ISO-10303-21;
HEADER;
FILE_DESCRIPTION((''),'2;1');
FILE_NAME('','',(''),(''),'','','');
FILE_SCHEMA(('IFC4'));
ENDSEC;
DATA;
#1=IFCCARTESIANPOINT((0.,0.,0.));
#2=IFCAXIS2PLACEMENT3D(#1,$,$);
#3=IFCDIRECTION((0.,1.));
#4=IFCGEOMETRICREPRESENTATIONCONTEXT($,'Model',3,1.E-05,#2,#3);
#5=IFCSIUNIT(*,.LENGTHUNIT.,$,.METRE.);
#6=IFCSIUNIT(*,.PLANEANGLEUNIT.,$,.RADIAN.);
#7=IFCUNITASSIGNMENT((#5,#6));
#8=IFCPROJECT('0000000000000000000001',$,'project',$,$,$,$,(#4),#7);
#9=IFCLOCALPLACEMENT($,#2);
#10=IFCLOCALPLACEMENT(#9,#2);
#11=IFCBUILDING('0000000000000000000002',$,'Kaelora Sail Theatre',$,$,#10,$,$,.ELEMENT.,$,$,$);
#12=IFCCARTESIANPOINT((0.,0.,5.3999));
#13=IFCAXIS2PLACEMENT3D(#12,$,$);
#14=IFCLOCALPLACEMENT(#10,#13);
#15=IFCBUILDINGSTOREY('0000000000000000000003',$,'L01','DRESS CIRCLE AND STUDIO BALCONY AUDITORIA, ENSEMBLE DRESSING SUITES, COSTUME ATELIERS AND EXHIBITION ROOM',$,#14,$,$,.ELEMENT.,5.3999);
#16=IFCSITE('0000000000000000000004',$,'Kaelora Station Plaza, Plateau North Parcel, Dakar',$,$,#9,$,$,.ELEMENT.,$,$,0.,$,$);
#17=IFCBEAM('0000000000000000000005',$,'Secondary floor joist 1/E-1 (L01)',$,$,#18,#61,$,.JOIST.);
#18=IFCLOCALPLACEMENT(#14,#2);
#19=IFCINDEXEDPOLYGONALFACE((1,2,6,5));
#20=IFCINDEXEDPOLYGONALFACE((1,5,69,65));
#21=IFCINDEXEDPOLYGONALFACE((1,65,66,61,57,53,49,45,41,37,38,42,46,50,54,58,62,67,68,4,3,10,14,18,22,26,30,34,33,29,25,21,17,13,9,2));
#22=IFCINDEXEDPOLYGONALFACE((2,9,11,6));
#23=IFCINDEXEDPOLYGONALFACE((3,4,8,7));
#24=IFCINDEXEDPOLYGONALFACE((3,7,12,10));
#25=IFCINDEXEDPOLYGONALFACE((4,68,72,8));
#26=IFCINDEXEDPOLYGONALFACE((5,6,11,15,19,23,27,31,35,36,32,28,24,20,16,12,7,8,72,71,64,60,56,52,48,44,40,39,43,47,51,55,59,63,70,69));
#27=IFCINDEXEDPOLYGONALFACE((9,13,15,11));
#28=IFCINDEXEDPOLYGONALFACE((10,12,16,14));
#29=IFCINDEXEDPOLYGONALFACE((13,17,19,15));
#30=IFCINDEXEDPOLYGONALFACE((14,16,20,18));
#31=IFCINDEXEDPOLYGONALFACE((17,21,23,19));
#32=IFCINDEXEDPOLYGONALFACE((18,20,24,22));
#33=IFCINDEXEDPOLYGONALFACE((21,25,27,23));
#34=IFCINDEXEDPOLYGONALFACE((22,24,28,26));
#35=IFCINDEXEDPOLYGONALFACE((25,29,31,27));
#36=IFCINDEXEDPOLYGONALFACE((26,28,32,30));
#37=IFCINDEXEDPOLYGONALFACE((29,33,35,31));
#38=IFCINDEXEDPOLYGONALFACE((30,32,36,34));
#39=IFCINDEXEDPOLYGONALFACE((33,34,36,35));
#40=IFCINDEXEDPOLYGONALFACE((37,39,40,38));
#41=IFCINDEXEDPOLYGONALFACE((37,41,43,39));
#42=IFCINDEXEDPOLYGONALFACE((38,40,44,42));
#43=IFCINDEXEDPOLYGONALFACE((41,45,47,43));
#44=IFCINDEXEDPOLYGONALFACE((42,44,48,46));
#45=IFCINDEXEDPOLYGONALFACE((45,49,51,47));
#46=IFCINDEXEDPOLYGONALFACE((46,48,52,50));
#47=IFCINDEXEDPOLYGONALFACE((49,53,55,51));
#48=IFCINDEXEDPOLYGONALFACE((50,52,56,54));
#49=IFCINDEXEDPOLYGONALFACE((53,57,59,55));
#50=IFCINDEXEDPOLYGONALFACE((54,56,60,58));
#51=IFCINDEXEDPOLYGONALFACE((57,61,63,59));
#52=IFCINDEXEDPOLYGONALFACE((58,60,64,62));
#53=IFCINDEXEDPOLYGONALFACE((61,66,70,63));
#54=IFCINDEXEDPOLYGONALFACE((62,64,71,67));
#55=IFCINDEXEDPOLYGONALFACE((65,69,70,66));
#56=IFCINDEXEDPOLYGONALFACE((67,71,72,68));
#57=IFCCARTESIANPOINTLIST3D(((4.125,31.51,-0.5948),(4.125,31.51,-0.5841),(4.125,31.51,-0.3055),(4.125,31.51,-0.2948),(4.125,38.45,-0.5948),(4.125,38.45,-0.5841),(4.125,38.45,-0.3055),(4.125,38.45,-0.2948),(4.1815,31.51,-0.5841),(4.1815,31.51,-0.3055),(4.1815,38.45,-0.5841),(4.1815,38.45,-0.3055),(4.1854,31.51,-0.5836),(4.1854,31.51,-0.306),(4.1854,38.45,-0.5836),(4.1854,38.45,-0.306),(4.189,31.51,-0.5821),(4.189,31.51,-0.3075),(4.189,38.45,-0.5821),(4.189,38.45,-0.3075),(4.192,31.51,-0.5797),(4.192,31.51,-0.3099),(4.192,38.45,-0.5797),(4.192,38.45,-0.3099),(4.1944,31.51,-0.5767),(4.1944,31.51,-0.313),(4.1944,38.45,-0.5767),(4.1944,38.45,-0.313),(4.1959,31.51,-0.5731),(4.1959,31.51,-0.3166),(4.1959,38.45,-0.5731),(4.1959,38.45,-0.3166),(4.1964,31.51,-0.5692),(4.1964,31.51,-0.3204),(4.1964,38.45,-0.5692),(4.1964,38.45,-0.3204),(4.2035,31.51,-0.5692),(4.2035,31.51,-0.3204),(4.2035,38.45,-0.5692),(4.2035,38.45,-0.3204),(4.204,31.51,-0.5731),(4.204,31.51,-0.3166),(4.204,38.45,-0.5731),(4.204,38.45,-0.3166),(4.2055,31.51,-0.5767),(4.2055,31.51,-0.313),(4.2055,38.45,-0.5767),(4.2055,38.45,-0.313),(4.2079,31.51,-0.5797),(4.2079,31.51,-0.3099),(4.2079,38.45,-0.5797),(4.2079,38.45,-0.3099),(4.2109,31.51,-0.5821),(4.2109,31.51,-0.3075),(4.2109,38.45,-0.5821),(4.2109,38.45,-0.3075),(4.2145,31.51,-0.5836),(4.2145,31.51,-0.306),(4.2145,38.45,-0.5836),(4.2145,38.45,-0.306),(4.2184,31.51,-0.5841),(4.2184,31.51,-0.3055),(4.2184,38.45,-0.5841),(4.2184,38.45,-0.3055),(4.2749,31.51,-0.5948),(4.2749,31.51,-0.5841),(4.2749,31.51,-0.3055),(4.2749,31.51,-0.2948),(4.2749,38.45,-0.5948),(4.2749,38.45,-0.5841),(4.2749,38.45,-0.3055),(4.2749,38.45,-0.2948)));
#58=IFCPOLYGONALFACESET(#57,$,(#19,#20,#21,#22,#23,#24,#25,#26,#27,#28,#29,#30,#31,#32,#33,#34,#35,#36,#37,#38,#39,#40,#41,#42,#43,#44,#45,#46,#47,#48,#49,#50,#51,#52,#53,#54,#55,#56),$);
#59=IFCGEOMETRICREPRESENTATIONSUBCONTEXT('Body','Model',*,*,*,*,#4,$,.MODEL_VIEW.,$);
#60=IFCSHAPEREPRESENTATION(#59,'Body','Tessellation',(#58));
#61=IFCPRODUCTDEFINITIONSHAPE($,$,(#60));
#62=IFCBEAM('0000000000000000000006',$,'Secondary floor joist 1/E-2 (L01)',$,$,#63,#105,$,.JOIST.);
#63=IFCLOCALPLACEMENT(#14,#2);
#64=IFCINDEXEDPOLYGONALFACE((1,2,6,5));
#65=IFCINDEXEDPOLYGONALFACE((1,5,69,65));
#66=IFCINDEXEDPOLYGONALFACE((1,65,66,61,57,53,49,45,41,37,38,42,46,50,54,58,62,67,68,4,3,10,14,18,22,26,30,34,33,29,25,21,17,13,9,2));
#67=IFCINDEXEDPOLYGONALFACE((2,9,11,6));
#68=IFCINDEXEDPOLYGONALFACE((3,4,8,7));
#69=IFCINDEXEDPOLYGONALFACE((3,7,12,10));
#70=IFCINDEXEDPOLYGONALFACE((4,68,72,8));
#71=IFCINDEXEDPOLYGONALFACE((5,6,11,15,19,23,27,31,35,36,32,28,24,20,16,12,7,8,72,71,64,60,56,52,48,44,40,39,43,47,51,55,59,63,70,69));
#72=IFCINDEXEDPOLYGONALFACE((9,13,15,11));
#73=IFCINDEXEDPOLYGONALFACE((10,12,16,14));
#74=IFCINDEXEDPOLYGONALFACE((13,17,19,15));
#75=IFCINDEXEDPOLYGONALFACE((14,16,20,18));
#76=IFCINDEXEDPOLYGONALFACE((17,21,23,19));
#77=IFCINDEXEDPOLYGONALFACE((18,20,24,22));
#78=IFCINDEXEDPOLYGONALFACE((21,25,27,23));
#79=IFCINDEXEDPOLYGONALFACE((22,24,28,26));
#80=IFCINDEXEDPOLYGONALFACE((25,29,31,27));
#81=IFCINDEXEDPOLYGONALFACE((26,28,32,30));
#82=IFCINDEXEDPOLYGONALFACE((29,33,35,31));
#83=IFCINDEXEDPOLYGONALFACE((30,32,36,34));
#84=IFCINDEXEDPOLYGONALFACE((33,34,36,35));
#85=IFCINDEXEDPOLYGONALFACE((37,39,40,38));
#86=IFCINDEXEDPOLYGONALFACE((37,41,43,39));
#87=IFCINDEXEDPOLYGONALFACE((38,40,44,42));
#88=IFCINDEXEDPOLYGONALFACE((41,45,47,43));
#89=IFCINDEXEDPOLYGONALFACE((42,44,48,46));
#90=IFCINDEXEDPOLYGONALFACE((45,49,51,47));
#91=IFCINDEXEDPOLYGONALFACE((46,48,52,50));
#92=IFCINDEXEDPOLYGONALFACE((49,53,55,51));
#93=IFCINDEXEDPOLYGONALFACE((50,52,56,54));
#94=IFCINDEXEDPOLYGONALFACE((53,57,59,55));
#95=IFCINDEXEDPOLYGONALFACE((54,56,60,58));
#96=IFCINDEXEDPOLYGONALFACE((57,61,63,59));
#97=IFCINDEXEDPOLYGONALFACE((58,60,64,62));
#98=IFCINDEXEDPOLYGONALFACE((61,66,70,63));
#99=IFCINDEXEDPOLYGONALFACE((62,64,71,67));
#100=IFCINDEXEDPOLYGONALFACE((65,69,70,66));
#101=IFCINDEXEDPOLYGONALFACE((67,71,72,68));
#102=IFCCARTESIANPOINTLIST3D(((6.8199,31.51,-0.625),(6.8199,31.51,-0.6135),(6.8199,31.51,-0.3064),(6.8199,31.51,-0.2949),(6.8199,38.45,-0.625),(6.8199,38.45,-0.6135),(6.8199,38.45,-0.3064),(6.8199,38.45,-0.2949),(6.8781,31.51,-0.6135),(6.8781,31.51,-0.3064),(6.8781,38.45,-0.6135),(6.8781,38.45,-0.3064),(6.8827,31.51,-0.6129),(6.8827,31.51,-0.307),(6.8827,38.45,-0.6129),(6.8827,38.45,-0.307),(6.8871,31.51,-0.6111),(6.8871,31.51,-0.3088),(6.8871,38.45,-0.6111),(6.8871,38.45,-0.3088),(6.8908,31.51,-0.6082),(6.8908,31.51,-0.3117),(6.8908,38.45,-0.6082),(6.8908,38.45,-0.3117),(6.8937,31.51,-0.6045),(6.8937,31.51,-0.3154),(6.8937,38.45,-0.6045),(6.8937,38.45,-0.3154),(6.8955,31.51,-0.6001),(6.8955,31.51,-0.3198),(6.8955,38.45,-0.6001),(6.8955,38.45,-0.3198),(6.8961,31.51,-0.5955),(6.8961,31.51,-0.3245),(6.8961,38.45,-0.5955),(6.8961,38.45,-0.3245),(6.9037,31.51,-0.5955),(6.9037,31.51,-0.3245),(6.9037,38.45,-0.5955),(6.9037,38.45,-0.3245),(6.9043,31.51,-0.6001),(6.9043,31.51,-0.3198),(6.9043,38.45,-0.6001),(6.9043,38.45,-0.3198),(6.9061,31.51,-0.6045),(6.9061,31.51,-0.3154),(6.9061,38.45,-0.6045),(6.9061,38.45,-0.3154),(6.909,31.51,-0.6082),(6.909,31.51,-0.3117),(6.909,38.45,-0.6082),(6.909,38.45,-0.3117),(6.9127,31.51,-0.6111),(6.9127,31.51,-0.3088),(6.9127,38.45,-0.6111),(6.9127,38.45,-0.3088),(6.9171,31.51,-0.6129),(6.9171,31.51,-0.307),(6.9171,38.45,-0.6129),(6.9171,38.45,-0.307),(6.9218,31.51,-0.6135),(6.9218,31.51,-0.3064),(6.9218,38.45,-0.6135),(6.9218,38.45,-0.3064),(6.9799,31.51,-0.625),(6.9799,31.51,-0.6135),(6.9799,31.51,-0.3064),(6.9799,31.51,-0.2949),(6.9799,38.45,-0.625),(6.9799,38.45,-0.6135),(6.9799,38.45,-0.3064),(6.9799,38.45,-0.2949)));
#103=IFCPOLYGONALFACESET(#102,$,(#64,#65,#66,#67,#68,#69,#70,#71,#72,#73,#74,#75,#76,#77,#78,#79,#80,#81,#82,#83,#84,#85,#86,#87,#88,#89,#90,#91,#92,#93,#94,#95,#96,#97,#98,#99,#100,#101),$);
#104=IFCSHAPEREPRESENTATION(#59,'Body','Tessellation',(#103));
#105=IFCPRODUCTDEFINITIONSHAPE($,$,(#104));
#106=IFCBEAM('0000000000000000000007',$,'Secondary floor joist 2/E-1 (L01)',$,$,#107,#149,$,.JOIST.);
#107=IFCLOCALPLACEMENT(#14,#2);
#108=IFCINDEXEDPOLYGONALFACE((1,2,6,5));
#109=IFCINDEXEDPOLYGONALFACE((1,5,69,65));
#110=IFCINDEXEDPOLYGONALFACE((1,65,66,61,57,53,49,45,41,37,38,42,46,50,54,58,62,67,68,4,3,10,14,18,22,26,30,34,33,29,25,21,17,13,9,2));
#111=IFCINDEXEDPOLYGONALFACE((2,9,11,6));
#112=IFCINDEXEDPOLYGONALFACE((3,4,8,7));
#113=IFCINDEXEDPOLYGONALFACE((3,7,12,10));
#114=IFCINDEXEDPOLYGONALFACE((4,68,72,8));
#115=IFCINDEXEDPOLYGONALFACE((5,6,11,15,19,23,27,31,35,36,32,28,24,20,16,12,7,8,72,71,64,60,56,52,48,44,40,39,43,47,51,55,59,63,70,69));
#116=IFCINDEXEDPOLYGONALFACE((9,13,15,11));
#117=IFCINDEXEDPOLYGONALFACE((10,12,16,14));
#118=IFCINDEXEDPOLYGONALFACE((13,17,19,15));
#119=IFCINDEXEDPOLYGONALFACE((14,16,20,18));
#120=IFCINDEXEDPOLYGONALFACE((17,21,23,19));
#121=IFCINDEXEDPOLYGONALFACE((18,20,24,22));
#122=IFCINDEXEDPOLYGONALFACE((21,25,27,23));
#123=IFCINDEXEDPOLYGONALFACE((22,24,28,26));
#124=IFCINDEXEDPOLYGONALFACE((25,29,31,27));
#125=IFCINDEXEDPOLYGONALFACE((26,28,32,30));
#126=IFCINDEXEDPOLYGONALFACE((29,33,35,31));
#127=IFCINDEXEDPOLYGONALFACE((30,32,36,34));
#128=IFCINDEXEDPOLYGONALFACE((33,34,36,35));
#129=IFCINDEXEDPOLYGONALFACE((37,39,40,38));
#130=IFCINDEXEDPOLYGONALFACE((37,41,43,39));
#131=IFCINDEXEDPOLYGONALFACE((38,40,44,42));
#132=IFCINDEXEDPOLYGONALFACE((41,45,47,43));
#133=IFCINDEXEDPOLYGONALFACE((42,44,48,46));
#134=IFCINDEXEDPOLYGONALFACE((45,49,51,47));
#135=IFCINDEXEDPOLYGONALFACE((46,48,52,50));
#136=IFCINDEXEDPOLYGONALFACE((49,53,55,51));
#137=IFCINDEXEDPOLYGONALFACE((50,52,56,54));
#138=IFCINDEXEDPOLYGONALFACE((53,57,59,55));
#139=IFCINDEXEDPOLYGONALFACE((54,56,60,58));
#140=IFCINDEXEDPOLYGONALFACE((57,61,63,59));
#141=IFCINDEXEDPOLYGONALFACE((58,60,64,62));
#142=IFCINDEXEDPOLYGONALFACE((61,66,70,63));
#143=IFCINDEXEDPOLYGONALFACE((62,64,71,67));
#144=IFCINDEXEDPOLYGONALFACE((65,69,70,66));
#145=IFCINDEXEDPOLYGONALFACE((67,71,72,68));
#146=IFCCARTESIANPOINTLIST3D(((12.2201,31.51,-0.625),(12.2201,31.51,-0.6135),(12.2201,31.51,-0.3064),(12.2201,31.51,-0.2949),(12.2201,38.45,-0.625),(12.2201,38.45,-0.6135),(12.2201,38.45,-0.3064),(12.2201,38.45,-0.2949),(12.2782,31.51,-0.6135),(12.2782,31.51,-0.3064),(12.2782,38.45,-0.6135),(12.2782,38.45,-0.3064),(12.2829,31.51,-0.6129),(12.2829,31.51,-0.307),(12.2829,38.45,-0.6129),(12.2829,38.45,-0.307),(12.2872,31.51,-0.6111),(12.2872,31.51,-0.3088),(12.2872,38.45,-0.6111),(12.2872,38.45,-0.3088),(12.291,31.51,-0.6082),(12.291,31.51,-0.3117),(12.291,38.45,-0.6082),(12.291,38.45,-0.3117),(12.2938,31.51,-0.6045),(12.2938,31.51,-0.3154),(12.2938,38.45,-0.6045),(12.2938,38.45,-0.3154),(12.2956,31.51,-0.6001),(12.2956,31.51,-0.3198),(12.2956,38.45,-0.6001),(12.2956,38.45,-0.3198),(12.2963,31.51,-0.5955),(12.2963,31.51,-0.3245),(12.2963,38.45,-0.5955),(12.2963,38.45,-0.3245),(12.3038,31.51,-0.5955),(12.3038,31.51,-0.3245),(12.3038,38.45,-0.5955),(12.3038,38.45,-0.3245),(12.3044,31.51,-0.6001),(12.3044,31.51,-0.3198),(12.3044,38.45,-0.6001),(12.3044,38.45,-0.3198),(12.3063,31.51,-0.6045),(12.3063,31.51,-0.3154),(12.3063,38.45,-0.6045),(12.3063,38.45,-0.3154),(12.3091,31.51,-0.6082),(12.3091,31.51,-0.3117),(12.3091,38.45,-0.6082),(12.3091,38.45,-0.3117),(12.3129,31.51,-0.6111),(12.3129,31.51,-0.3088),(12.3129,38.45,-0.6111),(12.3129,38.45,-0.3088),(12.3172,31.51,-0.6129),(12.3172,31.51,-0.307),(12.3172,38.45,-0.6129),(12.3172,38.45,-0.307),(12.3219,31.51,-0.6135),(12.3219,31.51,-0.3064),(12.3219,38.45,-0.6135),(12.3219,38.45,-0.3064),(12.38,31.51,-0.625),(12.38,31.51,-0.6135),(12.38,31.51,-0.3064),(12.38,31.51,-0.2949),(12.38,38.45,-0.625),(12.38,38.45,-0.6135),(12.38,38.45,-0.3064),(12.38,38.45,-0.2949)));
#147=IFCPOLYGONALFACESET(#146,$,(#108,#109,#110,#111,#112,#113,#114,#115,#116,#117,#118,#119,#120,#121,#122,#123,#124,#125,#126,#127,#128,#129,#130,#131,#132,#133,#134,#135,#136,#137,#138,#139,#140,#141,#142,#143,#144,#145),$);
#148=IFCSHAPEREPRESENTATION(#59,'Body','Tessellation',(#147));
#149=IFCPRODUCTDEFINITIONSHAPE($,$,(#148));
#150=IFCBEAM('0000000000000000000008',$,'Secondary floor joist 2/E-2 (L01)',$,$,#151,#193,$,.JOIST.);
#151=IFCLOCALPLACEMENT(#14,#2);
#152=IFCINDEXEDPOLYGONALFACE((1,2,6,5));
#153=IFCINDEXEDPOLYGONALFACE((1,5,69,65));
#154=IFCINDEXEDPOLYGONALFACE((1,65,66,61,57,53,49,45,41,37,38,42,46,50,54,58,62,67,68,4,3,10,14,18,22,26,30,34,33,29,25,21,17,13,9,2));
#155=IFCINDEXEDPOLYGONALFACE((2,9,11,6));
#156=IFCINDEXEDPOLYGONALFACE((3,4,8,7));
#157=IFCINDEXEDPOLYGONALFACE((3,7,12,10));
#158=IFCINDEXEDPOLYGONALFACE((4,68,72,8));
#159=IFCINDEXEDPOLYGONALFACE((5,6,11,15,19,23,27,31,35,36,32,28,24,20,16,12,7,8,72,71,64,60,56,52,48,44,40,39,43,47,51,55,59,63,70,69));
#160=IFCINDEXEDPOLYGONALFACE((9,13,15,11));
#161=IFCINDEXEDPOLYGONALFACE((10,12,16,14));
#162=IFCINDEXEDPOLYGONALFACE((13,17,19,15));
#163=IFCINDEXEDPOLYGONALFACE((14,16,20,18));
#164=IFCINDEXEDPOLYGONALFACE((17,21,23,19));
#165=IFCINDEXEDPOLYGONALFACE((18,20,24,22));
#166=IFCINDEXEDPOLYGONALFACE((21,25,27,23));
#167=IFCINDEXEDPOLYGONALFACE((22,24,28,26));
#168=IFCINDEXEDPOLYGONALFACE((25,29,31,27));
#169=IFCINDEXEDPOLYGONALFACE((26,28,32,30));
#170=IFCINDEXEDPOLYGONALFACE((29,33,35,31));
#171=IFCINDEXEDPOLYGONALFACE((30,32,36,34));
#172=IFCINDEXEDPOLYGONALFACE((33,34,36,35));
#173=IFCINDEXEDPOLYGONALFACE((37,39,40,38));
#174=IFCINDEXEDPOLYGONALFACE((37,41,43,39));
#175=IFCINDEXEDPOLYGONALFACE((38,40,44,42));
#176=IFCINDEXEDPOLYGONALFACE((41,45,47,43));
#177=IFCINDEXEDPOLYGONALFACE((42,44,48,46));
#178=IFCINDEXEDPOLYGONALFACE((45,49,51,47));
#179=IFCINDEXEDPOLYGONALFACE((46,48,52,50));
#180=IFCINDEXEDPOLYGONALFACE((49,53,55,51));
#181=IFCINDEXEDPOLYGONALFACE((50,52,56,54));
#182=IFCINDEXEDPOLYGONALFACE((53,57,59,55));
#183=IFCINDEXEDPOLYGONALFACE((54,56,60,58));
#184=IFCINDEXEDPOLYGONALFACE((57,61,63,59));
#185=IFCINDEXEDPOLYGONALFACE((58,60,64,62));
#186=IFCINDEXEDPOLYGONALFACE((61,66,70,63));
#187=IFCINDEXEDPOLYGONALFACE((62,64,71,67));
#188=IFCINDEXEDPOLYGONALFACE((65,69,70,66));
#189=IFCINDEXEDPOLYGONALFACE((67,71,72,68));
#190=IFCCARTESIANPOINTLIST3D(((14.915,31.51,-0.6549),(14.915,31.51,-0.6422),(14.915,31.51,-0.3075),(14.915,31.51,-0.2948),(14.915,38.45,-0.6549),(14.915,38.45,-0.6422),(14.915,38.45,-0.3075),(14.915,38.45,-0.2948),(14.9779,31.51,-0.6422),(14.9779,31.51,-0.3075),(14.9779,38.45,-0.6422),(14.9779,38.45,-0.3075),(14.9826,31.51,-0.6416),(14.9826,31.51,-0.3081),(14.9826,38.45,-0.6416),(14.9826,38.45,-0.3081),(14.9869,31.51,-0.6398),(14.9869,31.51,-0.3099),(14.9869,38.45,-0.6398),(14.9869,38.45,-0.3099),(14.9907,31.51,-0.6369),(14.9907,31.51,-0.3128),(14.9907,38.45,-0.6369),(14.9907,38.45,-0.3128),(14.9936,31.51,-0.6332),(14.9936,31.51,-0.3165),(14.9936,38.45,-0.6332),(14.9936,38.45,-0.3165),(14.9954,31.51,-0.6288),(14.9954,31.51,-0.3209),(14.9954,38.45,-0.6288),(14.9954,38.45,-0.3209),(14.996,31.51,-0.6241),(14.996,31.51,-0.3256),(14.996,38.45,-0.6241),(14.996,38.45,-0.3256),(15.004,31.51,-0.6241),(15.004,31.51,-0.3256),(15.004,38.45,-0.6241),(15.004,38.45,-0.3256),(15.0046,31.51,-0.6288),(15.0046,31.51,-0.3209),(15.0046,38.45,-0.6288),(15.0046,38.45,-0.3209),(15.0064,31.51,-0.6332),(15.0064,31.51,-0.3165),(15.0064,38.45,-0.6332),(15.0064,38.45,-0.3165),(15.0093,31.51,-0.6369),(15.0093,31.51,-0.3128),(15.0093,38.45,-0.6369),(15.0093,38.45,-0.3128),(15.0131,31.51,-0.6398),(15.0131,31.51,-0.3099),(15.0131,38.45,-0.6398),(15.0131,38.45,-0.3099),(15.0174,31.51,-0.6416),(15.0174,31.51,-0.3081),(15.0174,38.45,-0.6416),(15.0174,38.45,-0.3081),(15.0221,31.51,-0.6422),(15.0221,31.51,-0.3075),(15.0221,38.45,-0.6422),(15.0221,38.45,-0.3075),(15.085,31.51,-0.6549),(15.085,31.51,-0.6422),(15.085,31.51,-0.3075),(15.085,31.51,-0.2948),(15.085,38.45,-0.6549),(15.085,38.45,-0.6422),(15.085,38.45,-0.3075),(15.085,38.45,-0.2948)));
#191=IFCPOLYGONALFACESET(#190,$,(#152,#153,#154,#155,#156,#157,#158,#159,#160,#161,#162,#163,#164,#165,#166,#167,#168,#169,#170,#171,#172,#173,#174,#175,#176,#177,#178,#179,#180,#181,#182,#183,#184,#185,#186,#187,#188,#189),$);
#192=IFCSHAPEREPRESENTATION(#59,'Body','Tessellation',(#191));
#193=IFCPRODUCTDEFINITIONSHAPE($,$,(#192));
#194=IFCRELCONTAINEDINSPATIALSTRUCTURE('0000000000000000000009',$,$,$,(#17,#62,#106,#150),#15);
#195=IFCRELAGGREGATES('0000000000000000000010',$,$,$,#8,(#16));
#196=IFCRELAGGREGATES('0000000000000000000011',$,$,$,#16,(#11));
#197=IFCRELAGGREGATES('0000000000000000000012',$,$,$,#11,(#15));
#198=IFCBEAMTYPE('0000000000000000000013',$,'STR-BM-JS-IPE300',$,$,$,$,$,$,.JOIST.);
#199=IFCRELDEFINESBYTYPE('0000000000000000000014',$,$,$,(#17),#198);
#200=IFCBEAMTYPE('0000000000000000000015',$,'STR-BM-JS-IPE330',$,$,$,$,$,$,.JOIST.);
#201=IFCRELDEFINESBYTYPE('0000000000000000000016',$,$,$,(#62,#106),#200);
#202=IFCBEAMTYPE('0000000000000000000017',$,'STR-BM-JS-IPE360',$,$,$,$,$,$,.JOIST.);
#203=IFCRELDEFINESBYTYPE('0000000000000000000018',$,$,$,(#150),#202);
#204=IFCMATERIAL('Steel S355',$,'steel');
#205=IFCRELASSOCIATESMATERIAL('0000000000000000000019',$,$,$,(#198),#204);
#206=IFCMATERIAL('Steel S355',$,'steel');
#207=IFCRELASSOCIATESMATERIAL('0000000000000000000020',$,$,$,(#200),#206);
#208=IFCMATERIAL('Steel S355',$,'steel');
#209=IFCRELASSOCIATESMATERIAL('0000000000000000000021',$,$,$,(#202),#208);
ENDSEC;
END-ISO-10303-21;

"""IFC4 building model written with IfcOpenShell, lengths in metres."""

from ifc_helpers import new_model, si_unit, direction, frame, origin, origin_2d, place, context, subcontext, project, spatial, i_section, extrude, material, material_profile, profile_set, type_object, element, save


model = new_model("IFC4")

# Units and contexts
model_context = context("Model", 3, precision=1e-05, world=origin(), true_north=direction((0.0, 1.0)))
body_context = subcontext(model_context, "Body", "Model", "MODEL_VIEW")
ifc_project = project(units=[si_unit("LENGTHUNIT", "METRE"), si_unit("PLANEANGLEUNIT", "RADIAN")], contexts=[model_context])

# Site, building, storey
site_placement = place(None, origin())
site = spatial("IfcSite", under=ifc_project, at=site_placement, Name="Kaelora Station Plaza, Plateau North Parcel, Dakar", CompositionType="ELEMENT", RefElevation=0.0)
building_placement = place(site_placement, origin())
building = spatial("IfcBuilding", under=site, at=building_placement, Name="Kaelora Sail Theatre", CompositionType="ELEMENT")
storey_placement = place(building_placement, frame((0.0, 0.0, 5.3999)))
storey = spatial("IfcBuildingStorey", under=building, at=storey_placement, Name="L01", Description="DRESS CIRCLE AND STUDIO BALCONY AUDITORIA, ENSEMBLE DRESSING SUITES, COSTUME ATELIERS AND EXHIBITION ROOM", CompositionType="ELEMENT", Elevation=5.3999)

# Beams
ifc_material_1 = material(Name="Steel S355", Category="steel")
ifc_material_profile_1 = material_profile(ifc_material_1, i_section(OverallWidth=0.1499, OverallDepth=0.3, WebThickness=0.0071, FlangeThickness=0.0107, FilletRadius=0.0149, at=origin_2d()), Name="IPE 300")
ifc_profile_set_1 = profile_set([ifc_material_profile_1], Name="Steel S355")
beam_type_1 = type_object("IfcBeamType", Name="STR-BM-JS-IPE300", PredefinedType="JOIST", material=ifc_profile_set_1)
beam_1_placement = place(storey_placement, frame((4.2, 31.51, -0.4448), z_axis=(0.0, 1.0, 0.0), x_axis=(-1.0, 0.0, 0.0)))
element("IfcBeam", 1, at=beam_1_placement, inside=storey, type_object=beam_type_1, Name="Secondary floor joist 1/E-1 (L01)", PredefinedType="JOIST", context=body_context, shape_type="SweptSolid", body=[
    extrude(i_section(OverallWidth=0.1499, OverallDepth=0.3, WebThickness=0.0071, FlangeThickness=0.0107, FilletRadius=0.0149, at=origin_2d()), origin(), (0.0, 0.0, 1.0), 6.9399),
])
ifc_material_2 = material(Name="Steel S355", Category="steel")
ifc_material_profile_2 = material_profile(ifc_material_2, i_section(OverallWidth=0.1599, OverallDepth=0.3301, WebThickness=0.0076, FlangeThickness=0.0115, FilletRadius=0.0181, at=origin_2d()), Name="IPE 330")
ifc_profile_set_2 = profile_set([ifc_material_profile_2], Name="Steel S355")
beam_type_2 = type_object("IfcBeamType", Name="STR-BM-JS-IPE330", PredefinedType="JOIST", material=ifc_profile_set_2)
for number, where, z_axis, x_axis, name in (
    (2, (6.8999, 31.51, -0.46), (0.0, 1.0, 0.0), (-1.0, 0.0, 0.0), "Secondary floor joist 1/E-2 (L01)"),
    (3, (12.3, 31.51, -0.46), (0.0, 1.0, 0.0), (-1.0, 0.0, 0.0), "Secondary floor joist 2/E-1 (L01)"),
):
    element("IfcBeam", number, at=place(storey_placement, frame(where, z_axis=z_axis, x_axis=x_axis)), inside=storey, type_object=beam_type_2, Name=name, PredefinedType="JOIST", context=body_context, shape_type="SweptSolid", body=[
        extrude(i_section(OverallWidth=0.1599, OverallDepth=0.3301, WebThickness=0.0076, FlangeThickness=0.0115, FilletRadius=0.0181, at=origin_2d()), origin(), (0.0, 0.0, 1.0), 6.9399),
    ])
ifc_material_3 = material(Name="Steel S355", Category="steel")
ifc_material_profile_3 = material_profile(ifc_material_3, i_section(OverallWidth=0.1699, OverallDepth=0.3601, WebThickness=0.0081, FlangeThickness=0.0127, FilletRadius=0.0181, at=origin_2d()), Name="IPE 360")
ifc_profile_set_3 = profile_set([ifc_material_profile_3], Name="Steel S355")
beam_type_3 = type_object("IfcBeamType", Name="STR-BM-JS-IPE360", PredefinedType="JOIST", material=ifc_profile_set_3)
beam_2_placement = place(storey_placement, frame((15.0, 31.51, -0.4749), z_axis=(0.0, 1.0, 0.0), x_axis=(-1.0, 0.0, 0.0)))
element("IfcBeam", 4, at=beam_2_placement, inside=storey, type_object=beam_type_3, Name="Secondary floor joist 2/E-2 (L01)", PredefinedType="JOIST", context=body_context, shape_type="SweptSolid", body=[
    extrude(i_section(OverallWidth=0.1699, OverallDepth=0.3601, WebThickness=0.0081, FlangeThickness=0.0127, FilletRadius=0.0181, at=origin_2d()), origin(), (0.0, 0.0, 1.0), 6.9399),
])

save(model, "model.ifc")
